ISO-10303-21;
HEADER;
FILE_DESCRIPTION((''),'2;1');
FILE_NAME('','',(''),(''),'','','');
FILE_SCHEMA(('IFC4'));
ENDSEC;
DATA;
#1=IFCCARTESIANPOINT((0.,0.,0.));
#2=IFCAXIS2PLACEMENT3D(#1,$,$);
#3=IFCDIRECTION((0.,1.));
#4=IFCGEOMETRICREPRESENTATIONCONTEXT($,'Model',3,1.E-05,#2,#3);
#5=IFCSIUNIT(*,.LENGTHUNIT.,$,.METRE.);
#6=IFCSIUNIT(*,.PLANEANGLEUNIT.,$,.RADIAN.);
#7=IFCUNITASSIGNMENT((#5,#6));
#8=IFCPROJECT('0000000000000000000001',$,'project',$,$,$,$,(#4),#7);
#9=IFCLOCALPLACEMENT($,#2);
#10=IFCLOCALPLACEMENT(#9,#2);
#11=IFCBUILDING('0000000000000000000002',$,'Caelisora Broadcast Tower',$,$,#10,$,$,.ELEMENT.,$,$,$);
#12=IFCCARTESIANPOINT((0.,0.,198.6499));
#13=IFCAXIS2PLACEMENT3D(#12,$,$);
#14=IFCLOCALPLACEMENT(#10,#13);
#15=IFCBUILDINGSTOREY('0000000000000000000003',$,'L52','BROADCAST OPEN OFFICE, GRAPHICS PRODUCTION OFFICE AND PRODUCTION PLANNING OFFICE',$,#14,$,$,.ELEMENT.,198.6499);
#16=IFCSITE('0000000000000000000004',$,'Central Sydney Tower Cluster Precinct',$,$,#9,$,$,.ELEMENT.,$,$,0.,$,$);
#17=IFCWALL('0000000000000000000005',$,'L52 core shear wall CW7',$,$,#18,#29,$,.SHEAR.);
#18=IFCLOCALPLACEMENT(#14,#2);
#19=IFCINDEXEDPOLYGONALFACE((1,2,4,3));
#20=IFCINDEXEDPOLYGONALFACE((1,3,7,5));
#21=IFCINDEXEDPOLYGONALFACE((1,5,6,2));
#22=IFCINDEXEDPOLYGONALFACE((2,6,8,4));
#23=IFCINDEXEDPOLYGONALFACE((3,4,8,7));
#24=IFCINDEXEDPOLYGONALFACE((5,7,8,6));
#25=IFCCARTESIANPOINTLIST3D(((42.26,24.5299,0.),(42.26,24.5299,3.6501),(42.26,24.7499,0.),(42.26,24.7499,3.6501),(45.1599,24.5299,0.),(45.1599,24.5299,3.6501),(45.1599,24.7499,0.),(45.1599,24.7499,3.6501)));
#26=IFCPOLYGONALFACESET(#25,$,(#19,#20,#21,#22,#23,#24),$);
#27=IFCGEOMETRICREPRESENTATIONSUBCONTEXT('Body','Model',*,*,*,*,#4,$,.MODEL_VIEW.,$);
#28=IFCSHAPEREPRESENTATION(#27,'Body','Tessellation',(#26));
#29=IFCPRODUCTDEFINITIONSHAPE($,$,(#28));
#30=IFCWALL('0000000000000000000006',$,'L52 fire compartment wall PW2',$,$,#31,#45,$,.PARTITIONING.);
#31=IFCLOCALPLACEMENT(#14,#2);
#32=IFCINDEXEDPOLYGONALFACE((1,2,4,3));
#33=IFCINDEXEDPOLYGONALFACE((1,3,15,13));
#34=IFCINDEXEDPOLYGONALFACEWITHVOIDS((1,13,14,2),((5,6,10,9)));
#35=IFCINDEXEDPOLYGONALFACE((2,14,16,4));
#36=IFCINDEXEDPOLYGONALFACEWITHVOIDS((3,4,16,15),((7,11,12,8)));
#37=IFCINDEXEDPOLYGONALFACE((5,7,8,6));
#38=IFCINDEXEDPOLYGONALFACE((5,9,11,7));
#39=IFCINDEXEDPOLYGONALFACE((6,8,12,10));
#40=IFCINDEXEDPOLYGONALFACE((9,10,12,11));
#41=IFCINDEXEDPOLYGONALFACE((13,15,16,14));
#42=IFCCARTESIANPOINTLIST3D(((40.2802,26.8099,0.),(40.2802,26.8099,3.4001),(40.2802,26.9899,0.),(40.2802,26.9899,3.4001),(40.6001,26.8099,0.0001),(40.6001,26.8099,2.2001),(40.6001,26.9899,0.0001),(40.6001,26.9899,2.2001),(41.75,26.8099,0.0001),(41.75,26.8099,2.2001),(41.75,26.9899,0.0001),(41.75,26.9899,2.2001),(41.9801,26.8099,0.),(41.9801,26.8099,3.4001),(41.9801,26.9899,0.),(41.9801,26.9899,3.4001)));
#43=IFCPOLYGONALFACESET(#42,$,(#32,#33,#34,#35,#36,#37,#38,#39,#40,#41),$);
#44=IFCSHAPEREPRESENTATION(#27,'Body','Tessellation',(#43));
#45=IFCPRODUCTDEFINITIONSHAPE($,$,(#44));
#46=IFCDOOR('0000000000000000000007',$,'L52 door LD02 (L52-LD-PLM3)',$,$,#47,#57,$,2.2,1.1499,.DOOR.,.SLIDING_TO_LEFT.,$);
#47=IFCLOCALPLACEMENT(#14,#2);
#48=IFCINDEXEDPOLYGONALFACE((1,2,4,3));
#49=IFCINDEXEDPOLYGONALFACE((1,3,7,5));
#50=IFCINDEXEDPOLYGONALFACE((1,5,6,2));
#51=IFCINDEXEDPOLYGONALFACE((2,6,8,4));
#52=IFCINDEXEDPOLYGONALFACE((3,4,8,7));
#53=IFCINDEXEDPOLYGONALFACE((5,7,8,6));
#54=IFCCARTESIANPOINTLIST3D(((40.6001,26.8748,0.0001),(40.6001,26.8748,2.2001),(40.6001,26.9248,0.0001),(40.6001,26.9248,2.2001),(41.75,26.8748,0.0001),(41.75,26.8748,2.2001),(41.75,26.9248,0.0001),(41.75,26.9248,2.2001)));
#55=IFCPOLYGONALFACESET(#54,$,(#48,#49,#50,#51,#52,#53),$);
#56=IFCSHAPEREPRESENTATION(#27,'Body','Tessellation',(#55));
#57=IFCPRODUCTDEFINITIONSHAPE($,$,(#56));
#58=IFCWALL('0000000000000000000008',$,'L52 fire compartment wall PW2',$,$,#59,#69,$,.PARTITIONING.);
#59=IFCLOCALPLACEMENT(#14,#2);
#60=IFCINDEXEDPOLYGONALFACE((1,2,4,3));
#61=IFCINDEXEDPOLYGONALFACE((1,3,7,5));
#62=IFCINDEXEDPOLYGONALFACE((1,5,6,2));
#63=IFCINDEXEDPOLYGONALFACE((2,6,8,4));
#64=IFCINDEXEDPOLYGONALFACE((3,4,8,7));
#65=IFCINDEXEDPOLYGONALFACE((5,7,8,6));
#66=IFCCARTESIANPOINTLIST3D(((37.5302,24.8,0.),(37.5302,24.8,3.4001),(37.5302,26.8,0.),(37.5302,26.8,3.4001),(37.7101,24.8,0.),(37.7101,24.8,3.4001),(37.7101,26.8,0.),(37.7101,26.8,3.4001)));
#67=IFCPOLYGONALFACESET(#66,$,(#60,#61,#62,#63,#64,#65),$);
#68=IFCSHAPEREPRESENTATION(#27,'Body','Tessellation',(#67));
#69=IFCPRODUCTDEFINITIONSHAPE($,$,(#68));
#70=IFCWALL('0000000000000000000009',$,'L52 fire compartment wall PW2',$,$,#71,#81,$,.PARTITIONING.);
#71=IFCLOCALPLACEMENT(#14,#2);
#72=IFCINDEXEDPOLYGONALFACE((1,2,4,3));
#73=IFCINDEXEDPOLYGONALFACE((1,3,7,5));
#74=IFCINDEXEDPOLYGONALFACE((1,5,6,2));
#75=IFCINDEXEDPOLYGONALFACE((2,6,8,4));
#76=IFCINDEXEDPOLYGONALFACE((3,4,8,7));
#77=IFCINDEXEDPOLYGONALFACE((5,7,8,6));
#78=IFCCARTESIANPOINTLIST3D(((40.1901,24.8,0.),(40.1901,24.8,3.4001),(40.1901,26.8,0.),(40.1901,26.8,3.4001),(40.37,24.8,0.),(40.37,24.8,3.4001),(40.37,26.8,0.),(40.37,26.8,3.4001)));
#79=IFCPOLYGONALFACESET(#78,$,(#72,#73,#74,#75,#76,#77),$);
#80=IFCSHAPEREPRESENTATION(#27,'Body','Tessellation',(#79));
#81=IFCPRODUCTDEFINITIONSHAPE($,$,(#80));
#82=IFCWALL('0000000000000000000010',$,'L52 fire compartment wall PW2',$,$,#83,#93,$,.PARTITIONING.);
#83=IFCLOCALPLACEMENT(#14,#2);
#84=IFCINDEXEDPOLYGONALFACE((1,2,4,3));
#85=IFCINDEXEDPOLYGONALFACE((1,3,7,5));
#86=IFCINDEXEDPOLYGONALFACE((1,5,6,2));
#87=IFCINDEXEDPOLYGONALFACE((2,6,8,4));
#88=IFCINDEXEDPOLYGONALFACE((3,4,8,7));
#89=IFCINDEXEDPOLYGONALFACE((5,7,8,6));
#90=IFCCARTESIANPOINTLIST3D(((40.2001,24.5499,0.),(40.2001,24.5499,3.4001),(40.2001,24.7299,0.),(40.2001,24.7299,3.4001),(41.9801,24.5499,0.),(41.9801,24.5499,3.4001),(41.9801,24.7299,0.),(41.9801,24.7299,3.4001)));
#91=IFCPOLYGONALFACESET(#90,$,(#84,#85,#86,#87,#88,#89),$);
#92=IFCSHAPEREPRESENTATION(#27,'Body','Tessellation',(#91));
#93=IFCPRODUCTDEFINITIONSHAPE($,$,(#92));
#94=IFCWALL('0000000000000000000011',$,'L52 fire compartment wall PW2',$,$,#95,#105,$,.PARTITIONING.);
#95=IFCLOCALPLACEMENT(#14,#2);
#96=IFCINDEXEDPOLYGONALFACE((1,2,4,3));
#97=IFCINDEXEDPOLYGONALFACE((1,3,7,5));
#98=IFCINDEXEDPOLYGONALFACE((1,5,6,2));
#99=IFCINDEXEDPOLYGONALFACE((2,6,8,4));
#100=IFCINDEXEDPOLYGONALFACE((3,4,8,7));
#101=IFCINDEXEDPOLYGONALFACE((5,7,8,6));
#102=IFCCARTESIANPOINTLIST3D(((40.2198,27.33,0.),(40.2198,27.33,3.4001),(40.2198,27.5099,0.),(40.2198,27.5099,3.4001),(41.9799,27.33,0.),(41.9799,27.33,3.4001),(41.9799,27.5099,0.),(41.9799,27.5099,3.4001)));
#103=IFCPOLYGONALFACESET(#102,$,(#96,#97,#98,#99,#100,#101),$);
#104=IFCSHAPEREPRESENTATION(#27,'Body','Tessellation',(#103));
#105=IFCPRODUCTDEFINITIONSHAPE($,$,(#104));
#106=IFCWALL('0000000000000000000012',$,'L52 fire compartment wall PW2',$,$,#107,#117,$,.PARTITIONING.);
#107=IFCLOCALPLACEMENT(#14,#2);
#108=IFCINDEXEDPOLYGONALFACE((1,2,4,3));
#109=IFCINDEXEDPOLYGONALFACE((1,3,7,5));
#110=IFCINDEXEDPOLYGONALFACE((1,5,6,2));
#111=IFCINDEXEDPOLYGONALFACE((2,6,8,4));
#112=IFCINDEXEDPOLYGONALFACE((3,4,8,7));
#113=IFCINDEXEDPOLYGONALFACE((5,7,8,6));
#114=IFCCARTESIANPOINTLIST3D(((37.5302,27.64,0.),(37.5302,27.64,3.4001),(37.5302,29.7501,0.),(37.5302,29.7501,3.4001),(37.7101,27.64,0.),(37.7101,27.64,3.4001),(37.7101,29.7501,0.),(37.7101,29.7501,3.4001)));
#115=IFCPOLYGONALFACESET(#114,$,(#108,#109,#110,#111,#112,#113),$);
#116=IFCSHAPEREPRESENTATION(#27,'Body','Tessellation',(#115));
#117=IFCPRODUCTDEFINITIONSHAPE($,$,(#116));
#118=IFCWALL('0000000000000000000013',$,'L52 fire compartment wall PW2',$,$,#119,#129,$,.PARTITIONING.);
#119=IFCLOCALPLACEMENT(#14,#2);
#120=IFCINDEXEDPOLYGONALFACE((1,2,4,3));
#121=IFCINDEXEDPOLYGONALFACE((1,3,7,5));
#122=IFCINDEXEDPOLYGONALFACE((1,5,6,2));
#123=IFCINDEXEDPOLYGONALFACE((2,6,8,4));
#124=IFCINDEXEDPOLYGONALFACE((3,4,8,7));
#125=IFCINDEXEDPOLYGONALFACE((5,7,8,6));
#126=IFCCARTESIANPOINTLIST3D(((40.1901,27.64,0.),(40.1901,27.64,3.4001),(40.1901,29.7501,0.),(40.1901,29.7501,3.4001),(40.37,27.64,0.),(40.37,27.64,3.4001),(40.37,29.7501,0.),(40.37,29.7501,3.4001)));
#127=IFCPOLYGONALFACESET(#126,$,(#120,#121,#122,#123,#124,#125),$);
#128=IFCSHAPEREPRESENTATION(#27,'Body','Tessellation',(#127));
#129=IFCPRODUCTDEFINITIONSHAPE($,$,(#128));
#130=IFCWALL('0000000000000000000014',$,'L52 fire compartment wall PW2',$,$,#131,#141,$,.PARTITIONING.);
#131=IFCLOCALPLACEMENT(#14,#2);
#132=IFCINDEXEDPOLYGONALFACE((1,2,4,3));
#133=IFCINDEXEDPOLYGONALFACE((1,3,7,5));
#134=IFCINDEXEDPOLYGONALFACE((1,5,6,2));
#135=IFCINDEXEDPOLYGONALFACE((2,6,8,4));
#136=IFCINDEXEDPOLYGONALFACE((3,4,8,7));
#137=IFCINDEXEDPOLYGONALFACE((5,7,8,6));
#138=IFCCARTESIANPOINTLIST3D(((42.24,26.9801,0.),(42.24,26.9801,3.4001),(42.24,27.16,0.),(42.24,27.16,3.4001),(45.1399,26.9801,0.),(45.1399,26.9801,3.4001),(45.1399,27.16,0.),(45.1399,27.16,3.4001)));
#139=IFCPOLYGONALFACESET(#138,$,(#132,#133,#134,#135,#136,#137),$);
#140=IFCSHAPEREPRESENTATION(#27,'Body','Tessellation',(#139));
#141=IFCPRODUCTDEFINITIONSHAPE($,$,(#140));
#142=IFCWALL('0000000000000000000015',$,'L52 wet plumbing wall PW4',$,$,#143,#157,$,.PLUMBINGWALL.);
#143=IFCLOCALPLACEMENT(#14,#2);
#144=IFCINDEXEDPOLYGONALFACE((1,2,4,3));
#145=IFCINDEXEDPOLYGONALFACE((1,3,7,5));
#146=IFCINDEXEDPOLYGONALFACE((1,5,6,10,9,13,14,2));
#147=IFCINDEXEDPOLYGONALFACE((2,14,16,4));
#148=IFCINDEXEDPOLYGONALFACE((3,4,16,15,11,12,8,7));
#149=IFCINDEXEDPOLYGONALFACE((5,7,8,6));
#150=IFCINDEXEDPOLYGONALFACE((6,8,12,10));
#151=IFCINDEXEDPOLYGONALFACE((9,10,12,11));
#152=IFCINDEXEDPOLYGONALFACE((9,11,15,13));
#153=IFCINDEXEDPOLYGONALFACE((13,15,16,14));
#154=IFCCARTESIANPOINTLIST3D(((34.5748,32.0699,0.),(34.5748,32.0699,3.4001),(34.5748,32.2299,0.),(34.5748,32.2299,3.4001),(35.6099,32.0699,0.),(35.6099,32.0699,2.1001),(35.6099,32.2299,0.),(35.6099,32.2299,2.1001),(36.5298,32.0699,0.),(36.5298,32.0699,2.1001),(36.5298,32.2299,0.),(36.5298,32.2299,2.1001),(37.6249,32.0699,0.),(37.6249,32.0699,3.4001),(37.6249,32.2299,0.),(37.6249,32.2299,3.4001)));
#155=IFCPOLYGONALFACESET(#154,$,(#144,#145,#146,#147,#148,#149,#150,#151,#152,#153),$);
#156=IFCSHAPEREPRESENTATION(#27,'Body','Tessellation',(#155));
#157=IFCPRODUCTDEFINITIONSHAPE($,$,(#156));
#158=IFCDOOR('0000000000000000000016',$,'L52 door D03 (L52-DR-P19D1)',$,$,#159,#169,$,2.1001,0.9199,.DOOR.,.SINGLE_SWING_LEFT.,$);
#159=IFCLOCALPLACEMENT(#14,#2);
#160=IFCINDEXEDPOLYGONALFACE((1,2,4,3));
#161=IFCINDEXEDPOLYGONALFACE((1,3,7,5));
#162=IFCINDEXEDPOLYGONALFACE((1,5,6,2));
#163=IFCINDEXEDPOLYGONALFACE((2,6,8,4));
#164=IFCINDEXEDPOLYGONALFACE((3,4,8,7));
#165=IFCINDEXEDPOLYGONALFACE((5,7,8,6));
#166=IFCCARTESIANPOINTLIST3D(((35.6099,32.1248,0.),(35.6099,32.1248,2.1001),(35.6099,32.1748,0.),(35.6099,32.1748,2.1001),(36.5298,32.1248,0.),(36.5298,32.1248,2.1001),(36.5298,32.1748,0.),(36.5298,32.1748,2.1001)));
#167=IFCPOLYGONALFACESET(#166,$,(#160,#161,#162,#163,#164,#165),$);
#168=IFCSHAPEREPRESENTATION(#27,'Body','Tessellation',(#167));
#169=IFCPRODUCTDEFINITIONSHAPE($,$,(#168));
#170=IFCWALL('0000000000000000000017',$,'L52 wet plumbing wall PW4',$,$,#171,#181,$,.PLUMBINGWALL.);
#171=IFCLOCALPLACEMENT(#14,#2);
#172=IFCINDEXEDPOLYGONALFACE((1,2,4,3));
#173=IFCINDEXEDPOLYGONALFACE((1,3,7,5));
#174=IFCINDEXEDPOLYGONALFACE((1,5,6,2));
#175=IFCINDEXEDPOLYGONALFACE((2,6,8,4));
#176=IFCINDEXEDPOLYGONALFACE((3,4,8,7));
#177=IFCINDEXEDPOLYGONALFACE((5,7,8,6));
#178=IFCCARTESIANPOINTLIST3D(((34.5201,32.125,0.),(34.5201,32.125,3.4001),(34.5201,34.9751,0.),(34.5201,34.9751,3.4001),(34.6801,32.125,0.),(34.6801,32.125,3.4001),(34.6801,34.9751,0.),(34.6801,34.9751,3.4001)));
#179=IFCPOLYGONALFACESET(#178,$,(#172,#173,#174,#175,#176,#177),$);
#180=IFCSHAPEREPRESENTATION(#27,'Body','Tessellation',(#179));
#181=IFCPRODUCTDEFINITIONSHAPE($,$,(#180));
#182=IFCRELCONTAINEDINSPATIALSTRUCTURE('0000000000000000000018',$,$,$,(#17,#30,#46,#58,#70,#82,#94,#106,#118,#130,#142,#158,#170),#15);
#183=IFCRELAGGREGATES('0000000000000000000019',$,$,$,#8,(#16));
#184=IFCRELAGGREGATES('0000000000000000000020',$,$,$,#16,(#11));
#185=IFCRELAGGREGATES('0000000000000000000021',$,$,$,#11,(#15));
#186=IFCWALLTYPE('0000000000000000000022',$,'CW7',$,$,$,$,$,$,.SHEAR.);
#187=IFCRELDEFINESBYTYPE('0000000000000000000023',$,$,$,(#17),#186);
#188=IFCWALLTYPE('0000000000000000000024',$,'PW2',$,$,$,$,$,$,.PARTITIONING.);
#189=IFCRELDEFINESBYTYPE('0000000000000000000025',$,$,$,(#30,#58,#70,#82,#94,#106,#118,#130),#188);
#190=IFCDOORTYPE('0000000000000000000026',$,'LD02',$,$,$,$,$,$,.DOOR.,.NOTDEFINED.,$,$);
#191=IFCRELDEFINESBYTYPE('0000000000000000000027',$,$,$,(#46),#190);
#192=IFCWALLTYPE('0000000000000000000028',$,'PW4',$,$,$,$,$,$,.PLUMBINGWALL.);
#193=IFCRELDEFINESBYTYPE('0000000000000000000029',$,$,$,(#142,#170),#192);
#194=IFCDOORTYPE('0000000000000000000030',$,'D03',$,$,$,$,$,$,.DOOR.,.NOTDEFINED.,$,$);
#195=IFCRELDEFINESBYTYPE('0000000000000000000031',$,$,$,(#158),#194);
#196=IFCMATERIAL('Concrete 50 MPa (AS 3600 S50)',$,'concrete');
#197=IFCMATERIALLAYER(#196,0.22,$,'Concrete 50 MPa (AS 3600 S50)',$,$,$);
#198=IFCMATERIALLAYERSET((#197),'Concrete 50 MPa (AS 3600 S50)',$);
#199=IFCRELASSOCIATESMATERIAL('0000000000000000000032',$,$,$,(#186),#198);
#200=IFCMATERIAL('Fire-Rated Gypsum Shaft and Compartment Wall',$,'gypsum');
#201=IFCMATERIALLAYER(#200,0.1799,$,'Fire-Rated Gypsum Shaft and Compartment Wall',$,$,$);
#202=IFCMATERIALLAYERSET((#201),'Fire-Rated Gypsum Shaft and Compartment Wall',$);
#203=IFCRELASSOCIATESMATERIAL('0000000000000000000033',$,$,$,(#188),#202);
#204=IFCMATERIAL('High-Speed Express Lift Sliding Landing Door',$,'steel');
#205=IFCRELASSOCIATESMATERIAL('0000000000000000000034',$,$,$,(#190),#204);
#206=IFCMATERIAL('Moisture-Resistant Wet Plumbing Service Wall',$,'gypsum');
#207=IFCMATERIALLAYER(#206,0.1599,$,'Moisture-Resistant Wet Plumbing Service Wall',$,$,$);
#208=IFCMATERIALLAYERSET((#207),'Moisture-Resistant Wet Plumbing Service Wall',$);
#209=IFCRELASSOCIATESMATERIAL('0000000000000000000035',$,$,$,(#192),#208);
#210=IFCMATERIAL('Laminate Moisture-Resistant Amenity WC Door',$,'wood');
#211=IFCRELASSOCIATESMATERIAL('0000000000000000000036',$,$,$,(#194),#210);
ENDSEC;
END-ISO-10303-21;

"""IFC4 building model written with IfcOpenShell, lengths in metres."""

from ifc_helpers import new_model, si_unit, direction, frame, frame_2d, origin, place, context, subcontext, project, spatial, rectangle, extrude, material, layer, layer_set, type_object, element, fill, save


model = new_model("IFC4")

# Units and contexts
model_context = context("Model", 3, precision=1e-05, world=origin(), true_north=direction((0.0, 1.0)))
body_context = subcontext(model_context, "Body", "Model", "MODEL_VIEW")
ifc_project = project(units=[si_unit("LENGTHUNIT", "METRE"), si_unit("PLANEANGLEUNIT", "RADIAN")], contexts=[model_context])

# Site, building, storey
site_placement = place(None, origin())
site = spatial("IfcSite", under=ifc_project, at=site_placement, Name="Central Sydney Tower Cluster Precinct", CompositionType="ELEMENT", RefElevation=0.0)
building_placement = place(site_placement, origin())
building = spatial("IfcBuilding", under=site, at=building_placement, Name="Caelisora Broadcast Tower", CompositionType="ELEMENT")
storey_placement = place(building_placement, frame((0.0, 0.0, 198.6499)))
storey = spatial("IfcBuildingStorey", under=building, at=storey_placement, Name="L52", Description="BROADCAST OPEN OFFICE, GRAPHICS PRODUCTION OFFICE AND PRODUCTION PLANNING OFFICE", CompositionType="ELEMENT", Elevation=198.6499)

# Shared definitions
ifc_material_1 = material(Name="Concrete 50 MPa (AS 3600 S50)", Category="concrete")

# Wall
ifc_layer_1 = layer(ifc_material_1, 0.22, Name="Concrete 50 MPa (AS 3600 S50)")
ifc_layer_set_1 = layer_set([ifc_layer_1], Name="Concrete 50 MPa (AS 3600 S50)")
wall_type_1 = type_object("IfcWallType", Name="CW7", PredefinedType="SHEAR", material=ifc_layer_set_1)
wall_1_placement = place(storey_placement, frame((42.26, 24.6399, 0.0), z_axis=(0.0, 0.0, 1.0), x_axis=(1.0, 0.0, 0.0)))
element("IfcWall", 1, at=wall_1_placement, inside=storey, type_object=wall_type_1, Name="L52 core shear wall CW7", PredefinedType="SHEAR", context=body_context, shape_type="SweptSolid", body=[
    extrude(rectangle(XDim=2.8999, YDim=0.22, at=frame_2d((1.45, 0.0))), origin(), (0.0, 0.0, 1.0), 3.6501),
])

# Wall, opening, door
ifc_material_2 = material(Name="Fire-Rated Gypsum Shaft and Compartment Wall", Category="gypsum")
ifc_layer_2 = layer(ifc_material_2, 0.1799, Name="Fire-Rated Gypsum Shaft and Compartment Wall")
ifc_layer_set_2 = layer_set([ifc_layer_2], Name="Fire-Rated Gypsum Shaft and Compartment Wall")
wall_type_2 = type_object("IfcWallType", Name="PW2", PredefinedType="PARTITIONING", material=ifc_layer_set_2)
wall_2_placement = place(storey_placement, frame((40.28, 26.8999, 0.0), z_axis=(0.0, 0.0, 1.0), x_axis=(1.0, 0.0, 0.0)))
wall_2 = element("IfcWall", 2, at=wall_2_placement, inside=storey, type_object=wall_type_2, Name="L52 fire compartment wall PW2", PredefinedType="PARTITIONING", context=body_context, shape_type="SweptSolid", body=[
    extrude(rectangle(XDim=1.7, YDim=0.1799, at=frame_2d((0.8501, 0.0))), origin(), (0.0, 0.0, 1.0), 3.4001),
])
opening_1_placement = place(wall_2_placement, frame((0.3201, 0.0, 0.0)))
opening_1 = element("IfcOpeningElement", 3, at=opening_1_placement, cuts=wall_2, PredefinedType="OPENING", context=body_context, shape_type="SweptSolid", body=[
    extrude(rectangle(XDim=1.1499, YDim=2.2, at=frame_2d((0.575, 1.1001))), frame((0.0, 0.1021, 0.0), z_axis=(0.0, -1.0, 0.0), x_axis=(1.0, 0.0, 0.0)), (0.0, 0.0, 1.0), 0.2039),
])
ifc_material_3 = material(Name="High-Speed Express Lift Sliding Landing Door", Category="steel")
door_type_1 = type_object("IfcDoorType", Name="LD02", OperationType="NOTDEFINED", PredefinedType="DOOR", material=ifc_material_3)
door_1_placement = place(opening_1_placement, origin())
door_1 = element("IfcDoor", 4, at=door_1_placement, inside=storey, type_object=door_type_1, Name="L52 door LD02 (L52-LD-PLM3)", OperationType="SLIDING_TO_LEFT", OverallHeight=2.2, OverallWidth=1.1499, PredefinedType="DOOR", context=body_context, shape_type="SweptSolid", body=[
    extrude(rectangle(XDim=1.1499, YDim=2.2, at=frame_2d((0.575, 1.1001))), frame((0.0, 0.0249, 0.0), z_axis=(0.0, -1.0, 0.0), x_axis=(1.0, 0.0, 0.0)), (0.0, 0.0, 1.0), 0.05),
])
fill(opening_1, door_1)

# Walls
for number, where, z_axis, x_axis, name in (
    (5, (37.6201, 24.8, 0.0), (0.0, 0.0, 1.0), (0.0, 1.0, 0.0), "L52 fire compartment wall PW2"),
    (6, (40.28, 24.8, 0.0), (0.0, 0.0, 1.0), (0.0, 1.0, 0.0), "L52 fire compartment wall PW2"),
):
    element("IfcWall", number, at=place(storey_placement, frame(where, z_axis=z_axis, x_axis=x_axis)), inside=storey, type_object=wall_type_2, Name=name, PredefinedType="PARTITIONING", context=body_context, shape_type="SweptSolid", body=[
        extrude(rectangle(XDim=2.0, YDim=0.1799, at=frame_2d((1.0, 0.0))), origin(), (0.0, 0.0, 1.0), 3.4001),
    ])
wall_3_placement = place(storey_placement, frame((40.2, 24.6399, 0.0), z_axis=(0.0, 0.0, 1.0), x_axis=(1.0, 0.0, 0.0)))
element("IfcWall", 7, at=wall_3_placement, inside=storey, type_object=wall_type_2, Name="L52 fire compartment wall PW2", PredefinedType="PARTITIONING", context=body_context, shape_type="SweptSolid", body=[
    extrude(rectangle(XDim=1.78, YDim=0.1799, at=frame_2d((0.8901, 0.0))), origin(), (0.0, 0.0, 1.0), 3.4001),
])
wall_4_placement = place(storey_placement, frame((40.22, 27.4199, 0.0), z_axis=(0.0, 0.0, 1.0), x_axis=(1.0, 0.0, 0.0)))
element("IfcWall", 8, at=wall_4_placement, inside=storey, type_object=wall_type_2, Name="L52 fire compartment wall PW2", PredefinedType="PARTITIONING", context=body_context, shape_type="SweptSolid", body=[
    extrude(rectangle(XDim=1.76, YDim=0.1799, at=frame_2d((0.8799, 0.0))), origin(), (0.0, 0.0, 1.0), 3.4001),
])
for number, where, z_axis, x_axis, name in (
    (9, (37.6201, 27.6399, 0.0), (0.0, 0.0, 1.0), (0.0, 1.0, 0.0), "L52 fire compartment wall PW2"),
    (10, (40.28, 27.6399, 0.0), (0.0, 0.0, 1.0), (0.0, 1.0, 0.0), "L52 fire compartment wall PW2"),
):
    element("IfcWall", number, at=place(storey_placement, frame(where, z_axis=z_axis, x_axis=x_axis)), inside=storey, type_object=wall_type_2, Name=name, PredefinedType="PARTITIONING", context=body_context, shape_type="SweptSolid", body=[
        extrude(rectangle(XDim=2.1101, YDim=0.1799, at=frame_2d((1.0552, 0.0))), origin(), (0.0, 0.0, 1.0), 3.4001),
    ])
wall_5_placement = place(storey_placement, frame((42.24, 27.0701, 0.0), z_axis=(0.0, 0.0, 1.0), x_axis=(1.0, 0.0, 0.0)))
element("IfcWall", 11, at=wall_5_placement, inside=storey, type_object=wall_type_2, Name="L52 fire compartment wall PW2", PredefinedType="PARTITIONING", context=body_context, shape_type="SweptSolid", body=[
    extrude(rectangle(XDim=2.8999, YDim=0.1799, at=frame_2d((1.45, 0.0))), origin(), (0.0, 0.0, 1.0), 3.4001),
])

# Wall, opening, door
ifc_material_4 = material(Name="Moisture-Resistant Wet Plumbing Service Wall", Category="gypsum")
ifc_layer_3 = layer(ifc_material_4, 0.1599, Name="Moisture-Resistant Wet Plumbing Service Wall")
ifc_layer_set_3 = layer_set([ifc_layer_3], Name="Moisture-Resistant Wet Plumbing Service Wall")
wall_type_3 = type_object("IfcWallType", Name="PW4", PredefinedType="PLUMBINGWALL", material=ifc_layer_set_3)
wall_6_placement = place(storey_placement, frame((34.575, 32.1499, 0.0), z_axis=(0.0, 0.0, 1.0), x_axis=(1.0, 0.0, 0.0)))
wall_6 = element("IfcWall", 12, at=wall_6_placement, inside=storey, type_object=wall_type_3, Name="L52 wet plumbing wall PW4", PredefinedType="PLUMBINGWALL", context=body_context, shape_type="SweptSolid", body=[
    extrude(rectangle(XDim=3.05, YDim=0.1599, at=frame_2d((1.5249, 0.0))), origin(), (0.0, 0.0, 1.0), 3.4001),
])
opening_2_placement = place(wall_6_placement, frame((1.0349, 0.0, 0.0)))
opening_2 = element("IfcOpeningElement", 13, at=opening_2_placement, cuts=wall_6, PredefinedType="OPENING", context=body_context, shape_type="SweptSolid", body=[
    extrude(rectangle(XDim=0.9199, YDim=2.1001, at=frame_2d((0.46, 1.05))), frame((0.0, 0.092, 0.0), z_axis=(0.0, -1.0, 0.0), x_axis=(1.0, 0.0, 0.0)), (0.0, 0.0, 1.0), 0.1838),
])
ifc_material_5 = material(Name="Laminate Moisture-Resistant Amenity WC Door", Category="wood")
door_type_2 = type_object("IfcDoorType", Name="D03", OperationType="NOTDEFINED", PredefinedType="DOOR", material=ifc_material_5)
door_2_placement = place(opening_2_placement, origin())
door_2 = element("IfcDoor", 14, at=door_2_placement, inside=storey, type_object=door_type_2, Name="L52 door D03 (L52-DR-P19D1)", OperationType="SINGLE_SWING_LEFT", OverallHeight=2.1001, OverallWidth=0.9199, PredefinedType="DOOR", context=body_context, shape_type="SweptSolid", body=[
    extrude(rectangle(XDim=0.9199, YDim=2.1001, at=frame_2d((0.46, 1.05))), frame((0.0, 0.0249, 0.0), z_axis=(0.0, -1.0, 0.0), x_axis=(1.0, 0.0, 0.0)), (0.0, 0.0, 1.0), 0.05),
])
fill(opening_2, door_2)

# Wall
wall_7_placement = place(storey_placement, frame((34.6001, 32.125, 0.0), z_axis=(0.0, 0.0, 1.0), x_axis=(0.0, 1.0, 0.0)))
element("IfcWall", 15, at=wall_7_placement, inside=storey, type_object=wall_type_3, Name="L52 wet plumbing wall PW4", PredefinedType="PLUMBINGWALL", context=body_context, shape_type="SweptSolid", body=[
    extrude(rectangle(XDim=2.8501, YDim=0.1599, at=frame_2d((1.425, 0.0))), origin(), (0.0, 0.0, 1.0), 3.4001),
])

save(model, "model.ifc")
